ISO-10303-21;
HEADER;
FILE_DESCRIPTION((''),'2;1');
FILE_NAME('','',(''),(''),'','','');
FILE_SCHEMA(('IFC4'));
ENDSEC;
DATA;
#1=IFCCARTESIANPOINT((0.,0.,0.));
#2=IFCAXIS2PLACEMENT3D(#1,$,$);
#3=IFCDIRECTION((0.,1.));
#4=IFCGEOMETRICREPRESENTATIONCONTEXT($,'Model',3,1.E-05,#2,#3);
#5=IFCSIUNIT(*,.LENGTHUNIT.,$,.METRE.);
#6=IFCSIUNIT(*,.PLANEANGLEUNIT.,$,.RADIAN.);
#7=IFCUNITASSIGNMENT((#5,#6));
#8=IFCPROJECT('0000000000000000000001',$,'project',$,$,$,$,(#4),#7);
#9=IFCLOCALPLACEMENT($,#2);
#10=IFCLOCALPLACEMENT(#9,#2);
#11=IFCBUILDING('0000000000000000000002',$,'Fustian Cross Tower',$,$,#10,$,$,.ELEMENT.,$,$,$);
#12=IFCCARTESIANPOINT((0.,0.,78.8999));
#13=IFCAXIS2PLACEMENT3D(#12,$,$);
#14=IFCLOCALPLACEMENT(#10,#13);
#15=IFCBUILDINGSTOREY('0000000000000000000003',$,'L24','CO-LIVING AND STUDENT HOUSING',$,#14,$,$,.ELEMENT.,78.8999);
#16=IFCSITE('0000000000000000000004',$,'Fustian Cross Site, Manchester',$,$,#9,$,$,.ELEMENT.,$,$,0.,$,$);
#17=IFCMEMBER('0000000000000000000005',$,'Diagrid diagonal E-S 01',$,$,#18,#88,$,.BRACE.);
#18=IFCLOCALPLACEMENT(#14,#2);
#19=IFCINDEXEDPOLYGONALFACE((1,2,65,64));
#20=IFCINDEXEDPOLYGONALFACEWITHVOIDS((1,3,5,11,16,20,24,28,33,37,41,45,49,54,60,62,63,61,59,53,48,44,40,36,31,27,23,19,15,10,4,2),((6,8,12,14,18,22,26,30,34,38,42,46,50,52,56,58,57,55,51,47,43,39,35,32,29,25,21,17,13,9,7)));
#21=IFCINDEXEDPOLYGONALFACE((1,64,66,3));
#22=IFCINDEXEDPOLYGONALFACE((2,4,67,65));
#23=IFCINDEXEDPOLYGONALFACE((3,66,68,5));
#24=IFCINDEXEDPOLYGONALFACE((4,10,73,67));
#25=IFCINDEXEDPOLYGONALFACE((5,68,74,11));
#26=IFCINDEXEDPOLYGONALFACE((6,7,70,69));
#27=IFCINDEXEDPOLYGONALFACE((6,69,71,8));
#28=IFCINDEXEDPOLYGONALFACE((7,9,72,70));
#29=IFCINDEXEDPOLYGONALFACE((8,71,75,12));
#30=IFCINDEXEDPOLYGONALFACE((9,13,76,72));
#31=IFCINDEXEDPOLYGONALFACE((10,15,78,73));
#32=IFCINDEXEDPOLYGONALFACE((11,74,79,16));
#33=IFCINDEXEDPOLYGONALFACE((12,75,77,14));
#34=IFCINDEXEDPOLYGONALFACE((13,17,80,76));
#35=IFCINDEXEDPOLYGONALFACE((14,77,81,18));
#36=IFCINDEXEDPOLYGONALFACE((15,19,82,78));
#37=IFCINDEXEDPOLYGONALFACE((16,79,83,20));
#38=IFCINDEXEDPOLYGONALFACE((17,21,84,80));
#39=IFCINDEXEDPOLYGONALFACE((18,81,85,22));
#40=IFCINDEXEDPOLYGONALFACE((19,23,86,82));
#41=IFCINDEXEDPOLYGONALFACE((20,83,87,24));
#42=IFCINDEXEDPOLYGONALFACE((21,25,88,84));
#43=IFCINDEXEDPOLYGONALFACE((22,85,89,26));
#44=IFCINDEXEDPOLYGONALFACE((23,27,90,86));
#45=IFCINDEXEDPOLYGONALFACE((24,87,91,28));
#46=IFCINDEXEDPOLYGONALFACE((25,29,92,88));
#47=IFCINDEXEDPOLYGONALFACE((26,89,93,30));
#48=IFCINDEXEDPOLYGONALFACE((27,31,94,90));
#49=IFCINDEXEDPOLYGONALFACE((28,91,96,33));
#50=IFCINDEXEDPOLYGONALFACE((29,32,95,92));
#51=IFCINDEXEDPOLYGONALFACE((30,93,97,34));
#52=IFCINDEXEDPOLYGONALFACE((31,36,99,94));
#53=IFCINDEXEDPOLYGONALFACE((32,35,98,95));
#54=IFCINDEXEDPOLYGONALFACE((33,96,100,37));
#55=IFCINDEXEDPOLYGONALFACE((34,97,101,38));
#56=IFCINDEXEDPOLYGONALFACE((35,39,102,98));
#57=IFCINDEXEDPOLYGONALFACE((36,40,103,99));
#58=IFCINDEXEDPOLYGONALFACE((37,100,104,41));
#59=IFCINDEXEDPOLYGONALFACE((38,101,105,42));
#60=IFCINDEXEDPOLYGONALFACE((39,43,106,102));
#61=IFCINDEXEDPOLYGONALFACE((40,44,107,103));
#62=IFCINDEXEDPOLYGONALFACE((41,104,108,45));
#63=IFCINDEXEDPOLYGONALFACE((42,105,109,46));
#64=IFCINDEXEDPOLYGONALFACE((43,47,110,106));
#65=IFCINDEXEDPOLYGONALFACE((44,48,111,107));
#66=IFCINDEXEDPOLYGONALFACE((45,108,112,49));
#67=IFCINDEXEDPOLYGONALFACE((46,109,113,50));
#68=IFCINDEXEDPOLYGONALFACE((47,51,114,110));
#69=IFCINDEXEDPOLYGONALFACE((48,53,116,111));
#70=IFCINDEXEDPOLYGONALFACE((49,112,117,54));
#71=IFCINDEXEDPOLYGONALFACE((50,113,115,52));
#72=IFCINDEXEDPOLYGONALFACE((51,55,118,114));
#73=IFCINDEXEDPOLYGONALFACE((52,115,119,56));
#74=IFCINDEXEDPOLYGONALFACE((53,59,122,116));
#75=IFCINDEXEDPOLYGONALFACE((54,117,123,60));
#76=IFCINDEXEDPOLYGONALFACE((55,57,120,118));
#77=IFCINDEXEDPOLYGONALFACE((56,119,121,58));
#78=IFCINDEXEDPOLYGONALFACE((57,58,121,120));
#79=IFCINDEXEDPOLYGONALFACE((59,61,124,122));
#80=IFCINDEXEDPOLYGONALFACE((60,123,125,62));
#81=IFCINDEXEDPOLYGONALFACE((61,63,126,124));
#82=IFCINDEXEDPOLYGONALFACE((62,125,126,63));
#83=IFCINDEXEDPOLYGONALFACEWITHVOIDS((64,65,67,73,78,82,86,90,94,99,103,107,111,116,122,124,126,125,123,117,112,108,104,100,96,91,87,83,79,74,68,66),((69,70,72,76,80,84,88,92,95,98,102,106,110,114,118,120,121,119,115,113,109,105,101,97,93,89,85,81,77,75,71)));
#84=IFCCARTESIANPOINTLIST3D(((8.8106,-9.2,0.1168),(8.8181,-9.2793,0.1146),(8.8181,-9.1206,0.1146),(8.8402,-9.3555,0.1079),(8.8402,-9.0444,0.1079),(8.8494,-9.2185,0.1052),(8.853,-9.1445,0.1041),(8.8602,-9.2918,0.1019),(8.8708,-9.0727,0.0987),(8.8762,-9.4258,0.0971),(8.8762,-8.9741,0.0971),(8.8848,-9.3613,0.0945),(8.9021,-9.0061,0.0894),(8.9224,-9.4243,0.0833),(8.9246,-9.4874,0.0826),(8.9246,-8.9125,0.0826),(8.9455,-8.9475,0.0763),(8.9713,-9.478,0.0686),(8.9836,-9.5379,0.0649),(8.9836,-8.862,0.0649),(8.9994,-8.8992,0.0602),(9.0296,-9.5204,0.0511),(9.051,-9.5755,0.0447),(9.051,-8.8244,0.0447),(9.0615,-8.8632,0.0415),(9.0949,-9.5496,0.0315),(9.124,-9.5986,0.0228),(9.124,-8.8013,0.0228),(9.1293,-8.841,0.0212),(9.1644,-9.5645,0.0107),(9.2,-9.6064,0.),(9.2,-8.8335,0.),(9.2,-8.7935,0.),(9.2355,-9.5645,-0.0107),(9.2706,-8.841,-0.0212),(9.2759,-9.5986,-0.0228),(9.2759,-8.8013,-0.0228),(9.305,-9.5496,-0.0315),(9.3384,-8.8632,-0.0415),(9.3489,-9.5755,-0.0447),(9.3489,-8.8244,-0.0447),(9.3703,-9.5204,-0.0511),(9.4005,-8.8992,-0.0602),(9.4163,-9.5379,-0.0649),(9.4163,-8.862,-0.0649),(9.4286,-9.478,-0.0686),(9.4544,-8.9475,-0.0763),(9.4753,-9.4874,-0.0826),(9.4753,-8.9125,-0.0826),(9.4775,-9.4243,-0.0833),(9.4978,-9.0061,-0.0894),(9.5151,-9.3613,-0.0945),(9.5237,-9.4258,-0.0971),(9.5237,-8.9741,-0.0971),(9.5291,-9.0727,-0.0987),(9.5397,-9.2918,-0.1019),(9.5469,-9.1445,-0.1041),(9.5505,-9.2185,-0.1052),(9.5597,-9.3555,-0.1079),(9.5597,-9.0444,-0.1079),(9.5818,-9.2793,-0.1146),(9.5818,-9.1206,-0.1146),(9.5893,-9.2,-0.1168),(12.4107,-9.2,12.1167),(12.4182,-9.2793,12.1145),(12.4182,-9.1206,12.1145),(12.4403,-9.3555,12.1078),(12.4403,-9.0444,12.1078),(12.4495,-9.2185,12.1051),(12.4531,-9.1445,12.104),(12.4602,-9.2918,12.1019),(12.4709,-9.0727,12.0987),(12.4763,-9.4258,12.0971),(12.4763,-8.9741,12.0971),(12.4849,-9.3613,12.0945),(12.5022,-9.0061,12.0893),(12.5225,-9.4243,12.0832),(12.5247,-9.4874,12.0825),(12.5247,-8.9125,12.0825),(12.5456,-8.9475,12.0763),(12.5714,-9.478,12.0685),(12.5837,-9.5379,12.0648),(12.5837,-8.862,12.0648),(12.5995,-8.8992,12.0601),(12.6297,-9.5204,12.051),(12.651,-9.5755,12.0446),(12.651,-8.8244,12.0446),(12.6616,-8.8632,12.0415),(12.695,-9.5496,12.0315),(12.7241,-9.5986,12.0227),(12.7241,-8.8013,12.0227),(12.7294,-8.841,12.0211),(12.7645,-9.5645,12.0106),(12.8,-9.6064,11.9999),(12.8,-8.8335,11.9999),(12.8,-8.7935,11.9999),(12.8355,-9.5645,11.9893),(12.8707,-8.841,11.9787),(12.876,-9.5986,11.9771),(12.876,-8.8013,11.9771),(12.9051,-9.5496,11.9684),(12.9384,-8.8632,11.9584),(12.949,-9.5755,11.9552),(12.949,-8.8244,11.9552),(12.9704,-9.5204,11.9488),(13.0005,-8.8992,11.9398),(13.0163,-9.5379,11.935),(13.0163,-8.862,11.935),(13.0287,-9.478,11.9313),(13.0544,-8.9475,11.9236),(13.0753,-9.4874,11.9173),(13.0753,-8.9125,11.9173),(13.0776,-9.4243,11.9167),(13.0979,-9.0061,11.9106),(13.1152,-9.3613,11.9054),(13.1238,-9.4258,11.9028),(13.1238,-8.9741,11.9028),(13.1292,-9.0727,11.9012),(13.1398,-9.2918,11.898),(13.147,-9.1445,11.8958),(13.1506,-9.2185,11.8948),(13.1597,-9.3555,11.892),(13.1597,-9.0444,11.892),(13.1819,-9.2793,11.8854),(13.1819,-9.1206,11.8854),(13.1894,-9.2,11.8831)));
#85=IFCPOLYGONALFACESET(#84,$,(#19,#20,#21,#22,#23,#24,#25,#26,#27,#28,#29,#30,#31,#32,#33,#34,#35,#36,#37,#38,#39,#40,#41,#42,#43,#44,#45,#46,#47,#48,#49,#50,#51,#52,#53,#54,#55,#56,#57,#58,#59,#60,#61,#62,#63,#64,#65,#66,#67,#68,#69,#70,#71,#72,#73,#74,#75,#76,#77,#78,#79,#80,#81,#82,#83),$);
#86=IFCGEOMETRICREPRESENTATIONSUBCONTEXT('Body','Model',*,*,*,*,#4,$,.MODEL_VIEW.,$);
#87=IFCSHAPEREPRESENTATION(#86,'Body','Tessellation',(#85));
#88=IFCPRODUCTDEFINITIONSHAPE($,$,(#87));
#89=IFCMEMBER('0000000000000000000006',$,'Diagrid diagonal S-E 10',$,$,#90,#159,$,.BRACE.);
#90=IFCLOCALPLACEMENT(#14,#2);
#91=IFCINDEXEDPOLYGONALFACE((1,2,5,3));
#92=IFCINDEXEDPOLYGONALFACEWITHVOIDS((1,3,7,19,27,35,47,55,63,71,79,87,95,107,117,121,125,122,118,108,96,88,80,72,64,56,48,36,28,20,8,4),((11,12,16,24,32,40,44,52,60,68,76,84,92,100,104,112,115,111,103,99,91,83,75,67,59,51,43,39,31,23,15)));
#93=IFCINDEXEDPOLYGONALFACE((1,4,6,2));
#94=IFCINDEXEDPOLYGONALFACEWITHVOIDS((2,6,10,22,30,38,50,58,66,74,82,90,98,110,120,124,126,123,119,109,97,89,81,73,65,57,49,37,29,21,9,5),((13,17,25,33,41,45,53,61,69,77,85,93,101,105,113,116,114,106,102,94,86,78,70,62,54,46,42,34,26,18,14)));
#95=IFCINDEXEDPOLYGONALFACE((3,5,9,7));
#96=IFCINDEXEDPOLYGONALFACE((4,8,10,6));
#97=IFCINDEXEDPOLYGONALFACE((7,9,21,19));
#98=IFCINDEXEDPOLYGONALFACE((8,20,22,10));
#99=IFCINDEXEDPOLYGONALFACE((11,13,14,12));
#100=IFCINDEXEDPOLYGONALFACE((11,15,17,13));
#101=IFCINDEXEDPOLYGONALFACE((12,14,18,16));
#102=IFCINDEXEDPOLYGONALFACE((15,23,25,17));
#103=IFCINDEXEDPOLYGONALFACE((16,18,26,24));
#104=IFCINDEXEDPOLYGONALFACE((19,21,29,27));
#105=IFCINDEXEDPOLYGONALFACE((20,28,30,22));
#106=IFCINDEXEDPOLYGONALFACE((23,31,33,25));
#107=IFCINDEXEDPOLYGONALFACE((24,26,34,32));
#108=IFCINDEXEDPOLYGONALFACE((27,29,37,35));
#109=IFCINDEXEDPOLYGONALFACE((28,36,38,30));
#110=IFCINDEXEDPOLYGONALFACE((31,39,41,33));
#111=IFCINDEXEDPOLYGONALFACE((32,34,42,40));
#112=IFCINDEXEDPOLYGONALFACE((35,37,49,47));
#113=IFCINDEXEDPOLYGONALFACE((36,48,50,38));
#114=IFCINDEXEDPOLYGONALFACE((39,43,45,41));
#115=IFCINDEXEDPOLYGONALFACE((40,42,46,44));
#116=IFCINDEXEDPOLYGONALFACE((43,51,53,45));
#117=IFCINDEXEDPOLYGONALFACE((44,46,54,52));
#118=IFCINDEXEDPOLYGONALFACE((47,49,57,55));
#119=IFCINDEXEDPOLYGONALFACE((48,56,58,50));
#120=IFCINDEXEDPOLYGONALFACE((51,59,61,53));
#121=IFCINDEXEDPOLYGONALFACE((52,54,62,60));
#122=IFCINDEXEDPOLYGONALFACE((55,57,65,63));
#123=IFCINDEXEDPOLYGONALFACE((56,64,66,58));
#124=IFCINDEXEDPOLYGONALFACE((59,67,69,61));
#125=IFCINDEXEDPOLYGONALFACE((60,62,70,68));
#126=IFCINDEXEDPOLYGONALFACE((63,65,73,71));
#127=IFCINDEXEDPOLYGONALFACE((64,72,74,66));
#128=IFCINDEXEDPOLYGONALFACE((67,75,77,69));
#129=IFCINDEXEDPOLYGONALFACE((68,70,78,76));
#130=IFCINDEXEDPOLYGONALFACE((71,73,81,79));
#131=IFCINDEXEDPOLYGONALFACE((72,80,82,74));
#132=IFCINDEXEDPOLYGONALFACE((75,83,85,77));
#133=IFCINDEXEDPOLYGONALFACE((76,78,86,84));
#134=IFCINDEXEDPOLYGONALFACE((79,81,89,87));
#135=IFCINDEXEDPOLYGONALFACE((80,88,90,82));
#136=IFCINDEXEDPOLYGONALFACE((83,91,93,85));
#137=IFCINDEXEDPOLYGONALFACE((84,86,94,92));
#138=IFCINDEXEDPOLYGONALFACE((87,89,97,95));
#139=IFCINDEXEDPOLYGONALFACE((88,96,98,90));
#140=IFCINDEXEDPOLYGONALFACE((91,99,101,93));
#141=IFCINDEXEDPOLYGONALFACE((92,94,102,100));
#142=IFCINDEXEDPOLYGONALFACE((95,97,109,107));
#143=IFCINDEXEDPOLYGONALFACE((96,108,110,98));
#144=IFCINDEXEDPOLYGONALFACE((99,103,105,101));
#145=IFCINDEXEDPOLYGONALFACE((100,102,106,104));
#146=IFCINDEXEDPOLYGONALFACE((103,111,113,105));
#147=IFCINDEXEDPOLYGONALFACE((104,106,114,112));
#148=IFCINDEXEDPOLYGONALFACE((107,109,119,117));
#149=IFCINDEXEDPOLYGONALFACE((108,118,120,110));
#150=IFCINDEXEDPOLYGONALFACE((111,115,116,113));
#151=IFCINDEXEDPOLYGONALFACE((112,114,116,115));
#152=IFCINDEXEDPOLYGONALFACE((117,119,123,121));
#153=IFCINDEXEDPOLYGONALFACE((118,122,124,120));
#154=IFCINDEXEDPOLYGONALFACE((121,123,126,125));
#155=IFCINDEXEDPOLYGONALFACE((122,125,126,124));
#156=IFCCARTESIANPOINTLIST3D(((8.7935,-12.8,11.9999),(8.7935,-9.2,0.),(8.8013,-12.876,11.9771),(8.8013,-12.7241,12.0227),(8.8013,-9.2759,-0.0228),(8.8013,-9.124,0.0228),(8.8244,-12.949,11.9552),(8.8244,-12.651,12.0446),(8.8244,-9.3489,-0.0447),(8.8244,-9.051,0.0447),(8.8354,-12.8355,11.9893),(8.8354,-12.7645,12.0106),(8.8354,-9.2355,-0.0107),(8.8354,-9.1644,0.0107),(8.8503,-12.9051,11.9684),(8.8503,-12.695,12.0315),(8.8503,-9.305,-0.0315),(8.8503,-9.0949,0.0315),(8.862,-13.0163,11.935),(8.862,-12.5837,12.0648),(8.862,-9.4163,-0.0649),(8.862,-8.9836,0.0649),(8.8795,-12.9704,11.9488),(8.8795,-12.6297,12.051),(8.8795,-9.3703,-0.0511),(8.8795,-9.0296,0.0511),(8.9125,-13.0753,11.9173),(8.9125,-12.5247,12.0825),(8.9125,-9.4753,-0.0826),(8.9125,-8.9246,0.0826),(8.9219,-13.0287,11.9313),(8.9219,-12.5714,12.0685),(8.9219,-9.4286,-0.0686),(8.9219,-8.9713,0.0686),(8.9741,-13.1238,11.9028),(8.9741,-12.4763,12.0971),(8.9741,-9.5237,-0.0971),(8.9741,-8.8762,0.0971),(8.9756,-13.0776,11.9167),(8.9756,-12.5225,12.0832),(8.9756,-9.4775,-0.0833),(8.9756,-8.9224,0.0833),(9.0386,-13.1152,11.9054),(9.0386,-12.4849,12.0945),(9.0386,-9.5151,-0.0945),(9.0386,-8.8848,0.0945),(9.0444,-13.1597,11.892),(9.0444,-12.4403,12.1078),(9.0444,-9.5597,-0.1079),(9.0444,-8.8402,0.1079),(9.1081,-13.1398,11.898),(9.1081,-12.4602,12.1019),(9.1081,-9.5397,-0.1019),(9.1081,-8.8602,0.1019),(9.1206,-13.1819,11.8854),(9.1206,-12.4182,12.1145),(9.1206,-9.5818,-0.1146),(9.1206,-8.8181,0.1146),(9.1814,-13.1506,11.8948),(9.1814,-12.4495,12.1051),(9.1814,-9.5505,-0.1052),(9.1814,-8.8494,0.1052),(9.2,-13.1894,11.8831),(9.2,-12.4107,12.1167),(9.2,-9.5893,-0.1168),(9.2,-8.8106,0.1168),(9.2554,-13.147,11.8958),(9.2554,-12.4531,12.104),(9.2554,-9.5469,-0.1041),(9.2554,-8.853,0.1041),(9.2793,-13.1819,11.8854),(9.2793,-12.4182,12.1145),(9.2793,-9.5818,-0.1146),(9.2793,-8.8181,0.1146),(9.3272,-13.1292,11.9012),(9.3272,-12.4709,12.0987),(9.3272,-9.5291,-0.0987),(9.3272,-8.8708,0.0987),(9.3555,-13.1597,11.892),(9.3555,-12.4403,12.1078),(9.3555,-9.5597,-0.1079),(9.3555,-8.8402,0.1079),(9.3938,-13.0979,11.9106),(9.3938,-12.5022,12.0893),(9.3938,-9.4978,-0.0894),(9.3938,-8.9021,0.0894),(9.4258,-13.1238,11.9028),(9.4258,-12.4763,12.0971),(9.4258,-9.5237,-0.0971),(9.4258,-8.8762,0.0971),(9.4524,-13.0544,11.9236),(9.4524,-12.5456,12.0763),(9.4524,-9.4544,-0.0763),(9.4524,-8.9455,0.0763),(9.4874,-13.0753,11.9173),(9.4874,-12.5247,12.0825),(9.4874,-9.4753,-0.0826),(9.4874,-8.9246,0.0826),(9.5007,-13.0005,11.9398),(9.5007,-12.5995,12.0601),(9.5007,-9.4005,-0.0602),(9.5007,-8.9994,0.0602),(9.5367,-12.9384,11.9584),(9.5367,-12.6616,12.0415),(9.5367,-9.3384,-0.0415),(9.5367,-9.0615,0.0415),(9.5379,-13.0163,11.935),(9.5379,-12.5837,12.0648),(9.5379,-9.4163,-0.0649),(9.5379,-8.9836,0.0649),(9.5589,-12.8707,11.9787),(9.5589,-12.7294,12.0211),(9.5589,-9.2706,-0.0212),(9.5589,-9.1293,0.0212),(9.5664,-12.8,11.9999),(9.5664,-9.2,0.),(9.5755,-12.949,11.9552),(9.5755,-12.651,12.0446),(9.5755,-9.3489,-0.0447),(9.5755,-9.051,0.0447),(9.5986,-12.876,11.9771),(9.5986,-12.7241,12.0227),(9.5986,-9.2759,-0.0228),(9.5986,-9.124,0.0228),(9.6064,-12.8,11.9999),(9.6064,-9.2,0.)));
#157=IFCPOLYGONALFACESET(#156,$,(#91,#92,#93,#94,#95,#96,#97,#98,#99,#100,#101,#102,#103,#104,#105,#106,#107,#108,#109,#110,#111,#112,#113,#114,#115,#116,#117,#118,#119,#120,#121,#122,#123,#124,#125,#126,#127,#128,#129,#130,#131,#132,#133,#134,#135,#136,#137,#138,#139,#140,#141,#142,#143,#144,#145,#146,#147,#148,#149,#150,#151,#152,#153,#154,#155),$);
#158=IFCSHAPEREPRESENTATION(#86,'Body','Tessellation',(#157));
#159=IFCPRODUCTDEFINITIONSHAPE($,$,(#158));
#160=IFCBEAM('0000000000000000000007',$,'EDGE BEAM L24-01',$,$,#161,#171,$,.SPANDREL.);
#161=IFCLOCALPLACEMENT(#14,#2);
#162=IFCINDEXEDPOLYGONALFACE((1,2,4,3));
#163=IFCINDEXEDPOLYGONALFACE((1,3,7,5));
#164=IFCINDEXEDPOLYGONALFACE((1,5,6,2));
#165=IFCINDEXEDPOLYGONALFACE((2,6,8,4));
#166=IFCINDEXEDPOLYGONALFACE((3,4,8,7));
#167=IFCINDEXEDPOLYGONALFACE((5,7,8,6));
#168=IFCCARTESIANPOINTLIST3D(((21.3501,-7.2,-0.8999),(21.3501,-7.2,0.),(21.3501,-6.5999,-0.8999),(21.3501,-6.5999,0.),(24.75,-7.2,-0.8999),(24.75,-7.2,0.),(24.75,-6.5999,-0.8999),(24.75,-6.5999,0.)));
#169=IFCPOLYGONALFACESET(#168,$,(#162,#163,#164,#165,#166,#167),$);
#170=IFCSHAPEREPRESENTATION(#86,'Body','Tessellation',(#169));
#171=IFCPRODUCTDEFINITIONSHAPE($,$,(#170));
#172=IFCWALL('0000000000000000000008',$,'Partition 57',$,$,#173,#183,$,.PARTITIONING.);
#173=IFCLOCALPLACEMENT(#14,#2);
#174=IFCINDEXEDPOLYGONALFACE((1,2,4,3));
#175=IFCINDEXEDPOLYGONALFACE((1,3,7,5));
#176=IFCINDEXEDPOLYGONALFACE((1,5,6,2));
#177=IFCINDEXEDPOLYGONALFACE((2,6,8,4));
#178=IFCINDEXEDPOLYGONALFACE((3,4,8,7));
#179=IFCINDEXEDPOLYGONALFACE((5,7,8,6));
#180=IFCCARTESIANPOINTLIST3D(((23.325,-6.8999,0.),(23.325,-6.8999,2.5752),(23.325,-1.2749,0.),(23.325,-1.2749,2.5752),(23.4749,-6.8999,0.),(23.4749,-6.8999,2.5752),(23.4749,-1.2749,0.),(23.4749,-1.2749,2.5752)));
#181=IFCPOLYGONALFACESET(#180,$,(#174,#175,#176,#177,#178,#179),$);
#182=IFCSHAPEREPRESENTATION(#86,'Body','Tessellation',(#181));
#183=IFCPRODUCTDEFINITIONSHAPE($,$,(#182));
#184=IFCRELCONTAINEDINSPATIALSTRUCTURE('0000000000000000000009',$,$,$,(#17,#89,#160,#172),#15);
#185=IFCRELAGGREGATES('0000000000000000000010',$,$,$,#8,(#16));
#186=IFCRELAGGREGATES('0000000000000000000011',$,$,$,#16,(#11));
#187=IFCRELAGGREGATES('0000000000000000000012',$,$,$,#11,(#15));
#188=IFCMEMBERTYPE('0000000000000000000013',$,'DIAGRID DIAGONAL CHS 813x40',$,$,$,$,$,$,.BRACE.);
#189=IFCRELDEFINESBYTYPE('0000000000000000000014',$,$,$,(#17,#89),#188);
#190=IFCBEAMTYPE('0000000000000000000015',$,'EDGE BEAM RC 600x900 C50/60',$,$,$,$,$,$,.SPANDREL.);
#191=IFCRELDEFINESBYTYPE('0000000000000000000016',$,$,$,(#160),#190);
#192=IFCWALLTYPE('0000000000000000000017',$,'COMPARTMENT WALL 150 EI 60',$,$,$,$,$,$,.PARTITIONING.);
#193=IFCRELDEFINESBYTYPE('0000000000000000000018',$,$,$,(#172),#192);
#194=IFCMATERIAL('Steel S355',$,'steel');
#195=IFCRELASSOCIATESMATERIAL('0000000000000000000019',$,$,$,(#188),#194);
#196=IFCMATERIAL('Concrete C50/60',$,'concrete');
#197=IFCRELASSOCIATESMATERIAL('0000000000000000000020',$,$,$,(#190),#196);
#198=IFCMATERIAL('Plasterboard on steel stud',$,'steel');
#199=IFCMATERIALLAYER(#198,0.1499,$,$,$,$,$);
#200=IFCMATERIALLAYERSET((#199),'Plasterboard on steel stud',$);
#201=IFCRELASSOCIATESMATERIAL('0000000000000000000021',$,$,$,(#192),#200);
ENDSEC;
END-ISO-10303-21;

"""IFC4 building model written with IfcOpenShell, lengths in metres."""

from ifc_helpers import new_model, si_unit, direction, frame, frame_2d, origin, origin_2d, place, context, subcontext, project, spatial, rectangle, hollow_circle, extrude, material, layer, layer_set, material_profile, profile_set, type_object, element, save


model = new_model("IFC4")

# Units and contexts
model_context = context("Model", 3, precision=1e-05, world=origin(), true_north=direction((0.0, 1.0)))
body_context = subcontext(model_context, "Body", "Model", "MODEL_VIEW")
ifc_project = project(units=[si_unit("LENGTHUNIT", "METRE"), si_unit("PLANEANGLEUNIT", "RADIAN")], contexts=[model_context])

# Site, building, storey
site_placement = place(None, origin())
site = spatial("IfcSite", under=ifc_project, at=site_placement, Name="Fustian Cross Site, Manchester", CompositionType="ELEMENT", RefElevation=0.0)
building_placement = place(site_placement, origin())
building = spatial("IfcBuilding", under=site, at=building_placement, Name="Fustian Cross Tower", CompositionType="ELEMENT")
storey_placement = place(building_placement, frame((0.0, 0.0, 78.8999)))
storey = spatial("IfcBuildingStorey", under=building, at=storey_placement, Name="L24", Description="CO-LIVING AND STUDENT HOUSING", CompositionType="ELEMENT", Elevation=78.8999)

# Members
ifc_material_1 = material(Name="Steel S355", Category="steel")
ifc_material_profile_1 = material_profile(ifc_material_1, hollow_circle(Radius=0.4065, WallThickness=0.04, at=origin_2d()), Name="CHS 813x40")
ifc_profile_set_1 = profile_set([ifc_material_profile_1], Name="Steel S355")
member_type_1 = type_object("IfcMemberType", Name="DIAGRID DIAGONAL CHS 813x40", PredefinedType="BRACE", material=ifc_profile_set_1)
for number, where, z_axis, x_axis, name in (
    (1, (9.2, -9.2, 0.0), (0.287355, 0.0, 0.957824), (0.0, 1.0, 0.0), "Diagrid diagonal E-S 01"),
    (2, (9.2, -9.2, 0.0), (0.0, -0.287355, 0.957824), (1.0, 0.0, 0.0), "Diagrid diagonal S-E 10"),
):
    element("IfcMember", number, at=place(storey_placement, frame(where, z_axis=z_axis, x_axis=x_axis)), inside=storey, type_object=member_type_1, Name=name, PredefinedType="BRACE", context=body_context, shape_type="SweptSolid", body=[
        extrude(hollow_circle(Radius=0.4065, WallThickness=0.04, at=origin_2d()), origin(), (0.0, 0.0, 1.0), 12.5283),
    ])

# Beam
ifc_material_2 = material(Name="Concrete C50/60", Category="concrete")
ifc_material_profile_2 = material_profile(ifc_material_2, rectangle(XDim=0.6001, YDim=0.8999, at=origin_2d()), Name="RC 600x900")
ifc_profile_set_2 = profile_set([ifc_material_profile_2], Name="Concrete C50/60")
beam_type = type_object("IfcBeamType", Name="EDGE BEAM RC 600x900 C50/60", PredefinedType="SPANDREL", material=ifc_profile_set_2)
beam_placement = place(storey_placement, frame((21.3501, -6.8999, -0.45), z_axis=(1.0, 0.0, 0.0), x_axis=(0.0, 1.0, 0.0)))
element("IfcBeam", 3, at=beam_placement, inside=storey, type_object=beam_type, Name="EDGE BEAM L24-01", PredefinedType="SPANDREL", context=body_context, shape_type="SweptSolid", body=[
    extrude(rectangle(XDim=0.6001, YDim=0.8999, at=origin_2d()), origin(), (0.0, 0.0, 1.0), 3.3999),
])

# Wall
ifc_material_3 = material(Name="Plasterboard on steel stud", Category="steel")
ifc_layer_1 = layer(ifc_material_3, 0.1499)
ifc_layer_set_1 = layer_set([ifc_layer_1], Name="Plasterboard on steel stud")
wall_type_1 = type_object("IfcWallType", Name="COMPARTMENT WALL 150 EI 60", PredefinedType="PARTITIONING", material=ifc_layer_set_1)
wall_1_placement = place(storey_placement, frame((23.3999, -6.8999, 0.0), z_axis=(0.0, 0.0, 1.0), x_axis=(0.0, 1.0, 0.0)))
element("IfcWall", 4, at=wall_1_placement, inside=storey, type_object=wall_type_1, Name="Partition 57", PredefinedType="PARTITIONING", context=body_context, shape_type="SweptSolid", body=[
    extrude(rectangle(XDim=5.625, YDim=0.1499, at=frame_2d((2.8125, 0.0))), origin(), (0.0, 0.0, 1.0), 2.5752),
])

save(model, "model.ifc")
